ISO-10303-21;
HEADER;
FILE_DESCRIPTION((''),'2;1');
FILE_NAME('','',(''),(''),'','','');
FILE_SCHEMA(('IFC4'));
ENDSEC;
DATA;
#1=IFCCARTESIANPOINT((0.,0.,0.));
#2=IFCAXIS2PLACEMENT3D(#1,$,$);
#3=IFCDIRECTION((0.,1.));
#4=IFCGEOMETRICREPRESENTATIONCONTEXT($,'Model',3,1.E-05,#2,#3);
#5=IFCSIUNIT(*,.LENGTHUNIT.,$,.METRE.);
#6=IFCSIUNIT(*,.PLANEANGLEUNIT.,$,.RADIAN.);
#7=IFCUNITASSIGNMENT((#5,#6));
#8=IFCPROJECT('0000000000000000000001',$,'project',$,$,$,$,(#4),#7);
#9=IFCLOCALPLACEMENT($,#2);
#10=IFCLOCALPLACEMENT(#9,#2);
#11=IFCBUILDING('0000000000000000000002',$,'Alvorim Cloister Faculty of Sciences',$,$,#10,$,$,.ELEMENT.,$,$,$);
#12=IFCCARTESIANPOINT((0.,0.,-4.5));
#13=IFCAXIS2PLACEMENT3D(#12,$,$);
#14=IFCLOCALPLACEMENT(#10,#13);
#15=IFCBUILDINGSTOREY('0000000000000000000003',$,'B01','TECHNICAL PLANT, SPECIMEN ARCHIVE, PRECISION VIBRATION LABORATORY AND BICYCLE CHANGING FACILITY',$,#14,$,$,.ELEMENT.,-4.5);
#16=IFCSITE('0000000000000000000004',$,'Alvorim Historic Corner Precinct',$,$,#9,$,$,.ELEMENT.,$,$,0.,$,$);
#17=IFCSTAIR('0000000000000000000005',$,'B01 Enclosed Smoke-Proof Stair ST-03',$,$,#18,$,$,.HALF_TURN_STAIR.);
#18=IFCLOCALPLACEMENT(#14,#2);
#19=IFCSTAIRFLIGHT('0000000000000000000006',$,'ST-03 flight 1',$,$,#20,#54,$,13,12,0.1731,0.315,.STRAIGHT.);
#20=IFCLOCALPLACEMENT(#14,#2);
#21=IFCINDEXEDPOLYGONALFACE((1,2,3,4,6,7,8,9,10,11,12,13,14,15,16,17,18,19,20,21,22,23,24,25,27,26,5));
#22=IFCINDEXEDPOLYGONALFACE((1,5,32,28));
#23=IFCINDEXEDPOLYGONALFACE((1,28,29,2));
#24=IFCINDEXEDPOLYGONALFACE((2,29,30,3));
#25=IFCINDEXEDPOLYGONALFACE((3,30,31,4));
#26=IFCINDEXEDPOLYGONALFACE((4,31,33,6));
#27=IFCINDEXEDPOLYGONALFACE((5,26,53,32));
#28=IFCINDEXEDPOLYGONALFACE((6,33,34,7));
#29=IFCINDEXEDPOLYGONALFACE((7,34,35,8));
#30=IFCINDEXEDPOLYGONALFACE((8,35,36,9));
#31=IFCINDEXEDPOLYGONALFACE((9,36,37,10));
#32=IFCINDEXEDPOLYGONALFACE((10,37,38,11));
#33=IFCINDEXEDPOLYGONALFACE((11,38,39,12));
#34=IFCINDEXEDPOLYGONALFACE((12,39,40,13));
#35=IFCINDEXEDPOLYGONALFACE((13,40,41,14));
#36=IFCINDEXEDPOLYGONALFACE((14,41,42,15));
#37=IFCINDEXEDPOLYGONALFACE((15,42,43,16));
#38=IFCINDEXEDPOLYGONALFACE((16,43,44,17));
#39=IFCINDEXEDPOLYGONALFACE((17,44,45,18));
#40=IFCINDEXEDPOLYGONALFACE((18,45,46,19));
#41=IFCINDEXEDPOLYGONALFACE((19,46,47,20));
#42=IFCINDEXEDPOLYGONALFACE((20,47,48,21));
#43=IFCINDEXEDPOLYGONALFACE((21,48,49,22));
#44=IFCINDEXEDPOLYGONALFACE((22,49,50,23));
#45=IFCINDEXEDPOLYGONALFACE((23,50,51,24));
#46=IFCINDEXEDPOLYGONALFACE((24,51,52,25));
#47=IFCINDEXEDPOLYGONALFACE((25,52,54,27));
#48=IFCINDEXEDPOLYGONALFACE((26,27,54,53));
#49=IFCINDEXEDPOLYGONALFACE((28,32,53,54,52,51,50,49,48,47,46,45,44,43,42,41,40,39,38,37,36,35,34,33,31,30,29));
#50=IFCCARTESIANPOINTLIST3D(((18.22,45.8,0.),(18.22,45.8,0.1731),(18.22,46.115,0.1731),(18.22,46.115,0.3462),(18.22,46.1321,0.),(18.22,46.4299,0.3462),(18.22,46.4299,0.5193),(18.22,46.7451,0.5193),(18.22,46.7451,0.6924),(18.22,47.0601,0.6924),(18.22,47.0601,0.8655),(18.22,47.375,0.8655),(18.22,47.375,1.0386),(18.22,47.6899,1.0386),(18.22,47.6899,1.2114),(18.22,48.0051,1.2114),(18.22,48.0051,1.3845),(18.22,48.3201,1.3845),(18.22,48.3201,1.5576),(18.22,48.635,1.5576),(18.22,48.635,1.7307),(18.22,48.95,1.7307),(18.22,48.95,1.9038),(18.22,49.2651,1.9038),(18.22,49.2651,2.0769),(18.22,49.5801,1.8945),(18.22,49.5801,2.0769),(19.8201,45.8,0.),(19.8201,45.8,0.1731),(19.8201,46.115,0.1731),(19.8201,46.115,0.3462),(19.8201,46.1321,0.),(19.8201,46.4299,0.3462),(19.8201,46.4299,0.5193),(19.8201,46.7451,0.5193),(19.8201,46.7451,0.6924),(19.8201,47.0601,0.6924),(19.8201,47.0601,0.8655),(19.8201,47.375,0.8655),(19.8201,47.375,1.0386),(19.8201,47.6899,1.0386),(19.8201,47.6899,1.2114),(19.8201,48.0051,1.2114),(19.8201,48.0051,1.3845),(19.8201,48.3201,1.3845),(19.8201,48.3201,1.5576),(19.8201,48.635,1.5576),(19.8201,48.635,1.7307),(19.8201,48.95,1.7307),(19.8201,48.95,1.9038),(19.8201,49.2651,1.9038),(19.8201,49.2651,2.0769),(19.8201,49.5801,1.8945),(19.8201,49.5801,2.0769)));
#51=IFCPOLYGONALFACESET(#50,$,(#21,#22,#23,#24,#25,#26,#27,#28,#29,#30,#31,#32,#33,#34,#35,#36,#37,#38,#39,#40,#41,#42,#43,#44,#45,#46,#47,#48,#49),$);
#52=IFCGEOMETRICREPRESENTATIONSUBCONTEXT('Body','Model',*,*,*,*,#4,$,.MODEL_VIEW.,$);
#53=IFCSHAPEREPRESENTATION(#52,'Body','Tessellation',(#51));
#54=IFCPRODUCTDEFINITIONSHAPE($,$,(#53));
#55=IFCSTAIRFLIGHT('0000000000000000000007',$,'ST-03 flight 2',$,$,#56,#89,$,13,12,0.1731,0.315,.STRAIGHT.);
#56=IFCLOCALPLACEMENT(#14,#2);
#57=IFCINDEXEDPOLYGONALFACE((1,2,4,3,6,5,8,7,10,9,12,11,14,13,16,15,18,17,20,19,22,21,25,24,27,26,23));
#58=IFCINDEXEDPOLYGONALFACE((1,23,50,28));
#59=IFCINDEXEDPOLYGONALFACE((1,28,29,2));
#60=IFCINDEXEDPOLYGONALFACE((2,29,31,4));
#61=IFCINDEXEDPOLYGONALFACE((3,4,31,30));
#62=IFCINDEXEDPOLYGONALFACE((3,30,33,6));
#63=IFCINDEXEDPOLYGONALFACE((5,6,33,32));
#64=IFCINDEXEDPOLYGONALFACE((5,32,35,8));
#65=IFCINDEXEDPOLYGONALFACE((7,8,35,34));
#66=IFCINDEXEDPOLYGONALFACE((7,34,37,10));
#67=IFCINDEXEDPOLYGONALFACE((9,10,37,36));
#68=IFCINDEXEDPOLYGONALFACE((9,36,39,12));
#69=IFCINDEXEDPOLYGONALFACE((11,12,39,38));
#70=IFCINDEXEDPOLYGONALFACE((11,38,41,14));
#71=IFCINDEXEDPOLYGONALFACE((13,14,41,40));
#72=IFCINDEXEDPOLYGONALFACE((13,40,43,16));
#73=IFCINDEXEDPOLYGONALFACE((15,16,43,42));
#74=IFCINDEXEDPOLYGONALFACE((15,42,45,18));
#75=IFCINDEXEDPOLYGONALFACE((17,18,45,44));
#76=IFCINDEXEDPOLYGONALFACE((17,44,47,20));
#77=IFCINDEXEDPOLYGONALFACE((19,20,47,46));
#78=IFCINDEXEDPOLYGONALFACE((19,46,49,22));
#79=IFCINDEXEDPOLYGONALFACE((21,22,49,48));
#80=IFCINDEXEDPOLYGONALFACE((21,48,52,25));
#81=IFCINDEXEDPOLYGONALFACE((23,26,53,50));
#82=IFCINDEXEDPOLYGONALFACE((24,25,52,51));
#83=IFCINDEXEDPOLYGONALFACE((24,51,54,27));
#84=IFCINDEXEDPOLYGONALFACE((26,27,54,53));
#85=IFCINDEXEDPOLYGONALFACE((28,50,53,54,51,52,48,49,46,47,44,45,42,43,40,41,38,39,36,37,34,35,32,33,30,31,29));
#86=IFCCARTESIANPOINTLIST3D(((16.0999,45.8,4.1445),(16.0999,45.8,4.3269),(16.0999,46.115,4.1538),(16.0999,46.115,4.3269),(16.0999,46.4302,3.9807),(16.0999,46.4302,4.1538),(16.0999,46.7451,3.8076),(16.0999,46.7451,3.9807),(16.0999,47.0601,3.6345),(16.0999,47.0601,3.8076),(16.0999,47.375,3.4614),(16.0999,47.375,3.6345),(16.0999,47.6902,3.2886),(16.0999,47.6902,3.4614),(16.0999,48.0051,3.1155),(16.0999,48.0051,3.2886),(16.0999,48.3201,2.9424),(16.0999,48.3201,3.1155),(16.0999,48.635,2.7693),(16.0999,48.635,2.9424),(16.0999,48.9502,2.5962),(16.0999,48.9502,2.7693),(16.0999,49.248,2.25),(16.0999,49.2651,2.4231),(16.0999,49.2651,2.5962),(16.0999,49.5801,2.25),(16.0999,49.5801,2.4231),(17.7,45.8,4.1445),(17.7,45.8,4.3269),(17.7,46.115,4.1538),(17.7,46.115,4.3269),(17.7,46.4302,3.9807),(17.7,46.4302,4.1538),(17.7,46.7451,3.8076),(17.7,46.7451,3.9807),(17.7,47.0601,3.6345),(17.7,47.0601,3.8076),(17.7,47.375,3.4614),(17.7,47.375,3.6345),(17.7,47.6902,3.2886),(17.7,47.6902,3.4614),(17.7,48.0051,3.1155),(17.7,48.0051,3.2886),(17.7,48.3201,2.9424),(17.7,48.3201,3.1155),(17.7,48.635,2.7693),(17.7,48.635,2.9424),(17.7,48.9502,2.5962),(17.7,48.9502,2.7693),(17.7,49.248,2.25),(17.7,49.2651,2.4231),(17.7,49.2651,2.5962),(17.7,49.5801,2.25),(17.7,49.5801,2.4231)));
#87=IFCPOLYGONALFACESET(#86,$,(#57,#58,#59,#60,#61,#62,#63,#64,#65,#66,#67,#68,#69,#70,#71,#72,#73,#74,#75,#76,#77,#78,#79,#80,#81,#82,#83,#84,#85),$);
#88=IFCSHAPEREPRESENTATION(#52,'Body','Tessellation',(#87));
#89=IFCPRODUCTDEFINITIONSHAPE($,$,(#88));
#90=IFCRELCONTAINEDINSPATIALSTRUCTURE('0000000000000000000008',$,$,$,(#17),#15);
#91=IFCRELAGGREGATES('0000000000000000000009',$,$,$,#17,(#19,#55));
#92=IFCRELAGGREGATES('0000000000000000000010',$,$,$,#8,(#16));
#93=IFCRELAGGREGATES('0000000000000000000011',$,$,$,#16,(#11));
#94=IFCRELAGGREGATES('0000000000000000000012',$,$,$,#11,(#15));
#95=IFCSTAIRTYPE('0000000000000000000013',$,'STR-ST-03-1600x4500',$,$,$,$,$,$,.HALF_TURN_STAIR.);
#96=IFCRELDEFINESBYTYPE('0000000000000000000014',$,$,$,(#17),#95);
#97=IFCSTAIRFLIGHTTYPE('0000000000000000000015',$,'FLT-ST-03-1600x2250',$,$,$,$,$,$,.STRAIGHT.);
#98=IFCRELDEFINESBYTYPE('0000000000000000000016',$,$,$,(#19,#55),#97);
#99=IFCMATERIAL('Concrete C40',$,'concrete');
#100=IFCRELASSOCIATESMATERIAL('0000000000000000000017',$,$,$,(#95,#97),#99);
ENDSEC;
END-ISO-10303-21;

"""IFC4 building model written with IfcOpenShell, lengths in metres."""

from ifc_helpers import new_model, si_unit, direction, frame, origin, place, context, subcontext, project, spatial, polyline, outline, extrude, material, type_object, element, aggregate, save


model = new_model("IFC4")

# Units and contexts
model_context = context("Model", 3, precision=1e-05, world=origin(), true_north=direction((0.0, 1.0)))
body_context = subcontext(model_context, "Body", "Model", "MODEL_VIEW")
ifc_project = project(units=[si_unit("LENGTHUNIT", "METRE"), si_unit("PLANEANGLEUNIT", "RADIAN")], contexts=[model_context])

# Site, building, storey
site_placement = place(None, origin())
site = spatial("IfcSite", under=ifc_project, at=site_placement, Name="Alvorim Historic Corner Precinct", CompositionType="ELEMENT", RefElevation=0.0)
building_placement = place(site_placement, origin())
building = spatial("IfcBuilding", under=site, at=building_placement, Name="Alvorim Cloister Faculty of Sciences", CompositionType="ELEMENT")
storey_placement = place(building_placement, frame((0.0, 0.0, -4.5)))
storey = spatial("IfcBuildingStorey", under=building, at=storey_placement, Name="B01", Description="TECHNICAL PLANT, SPECIMEN ARCHIVE, PRECISION VIBRATION LABORATORY AND BICYCLE CHANGING FACILITY", CompositionType="ELEMENT", Elevation=-4.5)

# Shared definitions
ifc_material_1 = material(Name="Concrete C40", Category="concrete")

# Stair, stair flights
stair_type = type_object("IfcStairType", Name="STR-ST-03-1600x4500", PredefinedType="HALF_TURN_STAIR", material=ifc_material_1)
stair_placement = place(storey_placement, origin())
stair = element("IfcStair", 1, at=stair_placement, inside=storey, type_object=stair_type, Name="B01 Enclosed Smoke-Proof Stair ST-03", PredefinedType="HALF_TURN_STAIR")
stair_flight_type = type_object("IfcStairFlightType", Name="FLT-ST-03-1600x2250", PredefinedType="STRAIGHT", material=ifc_material_1)
stair_flight_1_placement = place(storey_placement, frame((19.02, 45.8, 0.0), z_axis=(0.0, 0.0, 1.0), x_axis=(0.0, 1.0, 0.0)))
stair_flight_1 = element("IfcStairFlight", 2, at=stair_flight_1_placement, type_object=stair_flight_type, Name="ST-03 flight 1", NumberOfRisers=13, NumberOfTreads=12, PredefinedType="STRAIGHT", RiserHeight=0.1731, TreadLength=0.315, context=body_context, shape_type="SweptSolid", body=[
    extrude(outline(polyline([(0.332, 0.0), (3.78, 1.8945), (3.78, 2.25), (3.78, 2.0769), (3.4651, 2.0769), (3.4651, 1.9038), (3.1499, 1.9038), (3.1499, 1.7307), (2.835, 1.7307), (2.835, 1.5576), (2.52, 1.5576), (2.52, 1.3845), (2.2051, 1.3845), (2.2051, 1.2114), (1.8899, 1.2114), (1.8899, 1.0386), (1.575, 1.0386), (1.575, 0.8655), (1.26, 0.8655), (1.26, 0.6924), (0.9451, 0.6924), (0.9451, 0.5193), (0.6299, 0.5193), (0.6299, 0.3462), (0.3149, 0.3462), (0.3149, 0.1731), (0.0, 0.1731), (0.0, 0.0), (0.332, 0.0)])), frame((0.0, 0.8, 0.0), z_axis=(0.0, -1.0, 0.0), x_axis=(1.0, 0.0, 0.0)), (0.0, 0.0, 1.0), 1.6001),
])
stair_flight_2_placement = place(storey_placement, frame((16.8999, 49.5801, 2.25), z_axis=(0.0, 0.0, 1.0), x_axis=(0.0, -1.0, 0.0)))
stair_flight_2 = element("IfcStairFlight", 3, at=stair_flight_2_placement, type_object=stair_flight_type, Name="ST-03 flight 2", NumberOfRisers=13, NumberOfTreads=12, PredefinedType="STRAIGHT", RiserHeight=0.1731, TreadLength=0.315, context=body_context, shape_type="SweptSolid", body=[
    extrude(outline(polyline([(0.332, 0.0), (3.78, 1.8945), (3.78, 2.25), (3.78, 2.0769), (3.4651, 2.0769), (3.4651, 1.9038), (3.1499, 1.9038), (3.1499, 1.7307), (2.835, 1.7307), (2.835, 1.5576), (2.52, 1.5576), (2.52, 1.3845), (2.2051, 1.3845), (2.2051, 1.2114), (1.8899, 1.2114), (1.8899, 1.0386), (1.575, 1.0386), (1.575, 0.8655), (1.26, 0.8655), (1.26, 0.6924), (0.9451, 0.6924), (0.9451, 0.5193), (0.6299, 0.5193), (0.6299, 0.3462), (0.3149, 0.3462), (0.3149, 0.1731), (0.0, 0.1731), (0.0, 0.0), (0.332, 0.0)])), frame((0.0, 0.8, 0.0), z_axis=(0.0, -1.0, 0.0), x_axis=(1.0, 0.0, 0.0)), (0.0, 0.0, 1.0), 1.6001),
])
aggregate(stair, [stair_flight_1, stair_flight_2])

save(model, "model.ifc")
